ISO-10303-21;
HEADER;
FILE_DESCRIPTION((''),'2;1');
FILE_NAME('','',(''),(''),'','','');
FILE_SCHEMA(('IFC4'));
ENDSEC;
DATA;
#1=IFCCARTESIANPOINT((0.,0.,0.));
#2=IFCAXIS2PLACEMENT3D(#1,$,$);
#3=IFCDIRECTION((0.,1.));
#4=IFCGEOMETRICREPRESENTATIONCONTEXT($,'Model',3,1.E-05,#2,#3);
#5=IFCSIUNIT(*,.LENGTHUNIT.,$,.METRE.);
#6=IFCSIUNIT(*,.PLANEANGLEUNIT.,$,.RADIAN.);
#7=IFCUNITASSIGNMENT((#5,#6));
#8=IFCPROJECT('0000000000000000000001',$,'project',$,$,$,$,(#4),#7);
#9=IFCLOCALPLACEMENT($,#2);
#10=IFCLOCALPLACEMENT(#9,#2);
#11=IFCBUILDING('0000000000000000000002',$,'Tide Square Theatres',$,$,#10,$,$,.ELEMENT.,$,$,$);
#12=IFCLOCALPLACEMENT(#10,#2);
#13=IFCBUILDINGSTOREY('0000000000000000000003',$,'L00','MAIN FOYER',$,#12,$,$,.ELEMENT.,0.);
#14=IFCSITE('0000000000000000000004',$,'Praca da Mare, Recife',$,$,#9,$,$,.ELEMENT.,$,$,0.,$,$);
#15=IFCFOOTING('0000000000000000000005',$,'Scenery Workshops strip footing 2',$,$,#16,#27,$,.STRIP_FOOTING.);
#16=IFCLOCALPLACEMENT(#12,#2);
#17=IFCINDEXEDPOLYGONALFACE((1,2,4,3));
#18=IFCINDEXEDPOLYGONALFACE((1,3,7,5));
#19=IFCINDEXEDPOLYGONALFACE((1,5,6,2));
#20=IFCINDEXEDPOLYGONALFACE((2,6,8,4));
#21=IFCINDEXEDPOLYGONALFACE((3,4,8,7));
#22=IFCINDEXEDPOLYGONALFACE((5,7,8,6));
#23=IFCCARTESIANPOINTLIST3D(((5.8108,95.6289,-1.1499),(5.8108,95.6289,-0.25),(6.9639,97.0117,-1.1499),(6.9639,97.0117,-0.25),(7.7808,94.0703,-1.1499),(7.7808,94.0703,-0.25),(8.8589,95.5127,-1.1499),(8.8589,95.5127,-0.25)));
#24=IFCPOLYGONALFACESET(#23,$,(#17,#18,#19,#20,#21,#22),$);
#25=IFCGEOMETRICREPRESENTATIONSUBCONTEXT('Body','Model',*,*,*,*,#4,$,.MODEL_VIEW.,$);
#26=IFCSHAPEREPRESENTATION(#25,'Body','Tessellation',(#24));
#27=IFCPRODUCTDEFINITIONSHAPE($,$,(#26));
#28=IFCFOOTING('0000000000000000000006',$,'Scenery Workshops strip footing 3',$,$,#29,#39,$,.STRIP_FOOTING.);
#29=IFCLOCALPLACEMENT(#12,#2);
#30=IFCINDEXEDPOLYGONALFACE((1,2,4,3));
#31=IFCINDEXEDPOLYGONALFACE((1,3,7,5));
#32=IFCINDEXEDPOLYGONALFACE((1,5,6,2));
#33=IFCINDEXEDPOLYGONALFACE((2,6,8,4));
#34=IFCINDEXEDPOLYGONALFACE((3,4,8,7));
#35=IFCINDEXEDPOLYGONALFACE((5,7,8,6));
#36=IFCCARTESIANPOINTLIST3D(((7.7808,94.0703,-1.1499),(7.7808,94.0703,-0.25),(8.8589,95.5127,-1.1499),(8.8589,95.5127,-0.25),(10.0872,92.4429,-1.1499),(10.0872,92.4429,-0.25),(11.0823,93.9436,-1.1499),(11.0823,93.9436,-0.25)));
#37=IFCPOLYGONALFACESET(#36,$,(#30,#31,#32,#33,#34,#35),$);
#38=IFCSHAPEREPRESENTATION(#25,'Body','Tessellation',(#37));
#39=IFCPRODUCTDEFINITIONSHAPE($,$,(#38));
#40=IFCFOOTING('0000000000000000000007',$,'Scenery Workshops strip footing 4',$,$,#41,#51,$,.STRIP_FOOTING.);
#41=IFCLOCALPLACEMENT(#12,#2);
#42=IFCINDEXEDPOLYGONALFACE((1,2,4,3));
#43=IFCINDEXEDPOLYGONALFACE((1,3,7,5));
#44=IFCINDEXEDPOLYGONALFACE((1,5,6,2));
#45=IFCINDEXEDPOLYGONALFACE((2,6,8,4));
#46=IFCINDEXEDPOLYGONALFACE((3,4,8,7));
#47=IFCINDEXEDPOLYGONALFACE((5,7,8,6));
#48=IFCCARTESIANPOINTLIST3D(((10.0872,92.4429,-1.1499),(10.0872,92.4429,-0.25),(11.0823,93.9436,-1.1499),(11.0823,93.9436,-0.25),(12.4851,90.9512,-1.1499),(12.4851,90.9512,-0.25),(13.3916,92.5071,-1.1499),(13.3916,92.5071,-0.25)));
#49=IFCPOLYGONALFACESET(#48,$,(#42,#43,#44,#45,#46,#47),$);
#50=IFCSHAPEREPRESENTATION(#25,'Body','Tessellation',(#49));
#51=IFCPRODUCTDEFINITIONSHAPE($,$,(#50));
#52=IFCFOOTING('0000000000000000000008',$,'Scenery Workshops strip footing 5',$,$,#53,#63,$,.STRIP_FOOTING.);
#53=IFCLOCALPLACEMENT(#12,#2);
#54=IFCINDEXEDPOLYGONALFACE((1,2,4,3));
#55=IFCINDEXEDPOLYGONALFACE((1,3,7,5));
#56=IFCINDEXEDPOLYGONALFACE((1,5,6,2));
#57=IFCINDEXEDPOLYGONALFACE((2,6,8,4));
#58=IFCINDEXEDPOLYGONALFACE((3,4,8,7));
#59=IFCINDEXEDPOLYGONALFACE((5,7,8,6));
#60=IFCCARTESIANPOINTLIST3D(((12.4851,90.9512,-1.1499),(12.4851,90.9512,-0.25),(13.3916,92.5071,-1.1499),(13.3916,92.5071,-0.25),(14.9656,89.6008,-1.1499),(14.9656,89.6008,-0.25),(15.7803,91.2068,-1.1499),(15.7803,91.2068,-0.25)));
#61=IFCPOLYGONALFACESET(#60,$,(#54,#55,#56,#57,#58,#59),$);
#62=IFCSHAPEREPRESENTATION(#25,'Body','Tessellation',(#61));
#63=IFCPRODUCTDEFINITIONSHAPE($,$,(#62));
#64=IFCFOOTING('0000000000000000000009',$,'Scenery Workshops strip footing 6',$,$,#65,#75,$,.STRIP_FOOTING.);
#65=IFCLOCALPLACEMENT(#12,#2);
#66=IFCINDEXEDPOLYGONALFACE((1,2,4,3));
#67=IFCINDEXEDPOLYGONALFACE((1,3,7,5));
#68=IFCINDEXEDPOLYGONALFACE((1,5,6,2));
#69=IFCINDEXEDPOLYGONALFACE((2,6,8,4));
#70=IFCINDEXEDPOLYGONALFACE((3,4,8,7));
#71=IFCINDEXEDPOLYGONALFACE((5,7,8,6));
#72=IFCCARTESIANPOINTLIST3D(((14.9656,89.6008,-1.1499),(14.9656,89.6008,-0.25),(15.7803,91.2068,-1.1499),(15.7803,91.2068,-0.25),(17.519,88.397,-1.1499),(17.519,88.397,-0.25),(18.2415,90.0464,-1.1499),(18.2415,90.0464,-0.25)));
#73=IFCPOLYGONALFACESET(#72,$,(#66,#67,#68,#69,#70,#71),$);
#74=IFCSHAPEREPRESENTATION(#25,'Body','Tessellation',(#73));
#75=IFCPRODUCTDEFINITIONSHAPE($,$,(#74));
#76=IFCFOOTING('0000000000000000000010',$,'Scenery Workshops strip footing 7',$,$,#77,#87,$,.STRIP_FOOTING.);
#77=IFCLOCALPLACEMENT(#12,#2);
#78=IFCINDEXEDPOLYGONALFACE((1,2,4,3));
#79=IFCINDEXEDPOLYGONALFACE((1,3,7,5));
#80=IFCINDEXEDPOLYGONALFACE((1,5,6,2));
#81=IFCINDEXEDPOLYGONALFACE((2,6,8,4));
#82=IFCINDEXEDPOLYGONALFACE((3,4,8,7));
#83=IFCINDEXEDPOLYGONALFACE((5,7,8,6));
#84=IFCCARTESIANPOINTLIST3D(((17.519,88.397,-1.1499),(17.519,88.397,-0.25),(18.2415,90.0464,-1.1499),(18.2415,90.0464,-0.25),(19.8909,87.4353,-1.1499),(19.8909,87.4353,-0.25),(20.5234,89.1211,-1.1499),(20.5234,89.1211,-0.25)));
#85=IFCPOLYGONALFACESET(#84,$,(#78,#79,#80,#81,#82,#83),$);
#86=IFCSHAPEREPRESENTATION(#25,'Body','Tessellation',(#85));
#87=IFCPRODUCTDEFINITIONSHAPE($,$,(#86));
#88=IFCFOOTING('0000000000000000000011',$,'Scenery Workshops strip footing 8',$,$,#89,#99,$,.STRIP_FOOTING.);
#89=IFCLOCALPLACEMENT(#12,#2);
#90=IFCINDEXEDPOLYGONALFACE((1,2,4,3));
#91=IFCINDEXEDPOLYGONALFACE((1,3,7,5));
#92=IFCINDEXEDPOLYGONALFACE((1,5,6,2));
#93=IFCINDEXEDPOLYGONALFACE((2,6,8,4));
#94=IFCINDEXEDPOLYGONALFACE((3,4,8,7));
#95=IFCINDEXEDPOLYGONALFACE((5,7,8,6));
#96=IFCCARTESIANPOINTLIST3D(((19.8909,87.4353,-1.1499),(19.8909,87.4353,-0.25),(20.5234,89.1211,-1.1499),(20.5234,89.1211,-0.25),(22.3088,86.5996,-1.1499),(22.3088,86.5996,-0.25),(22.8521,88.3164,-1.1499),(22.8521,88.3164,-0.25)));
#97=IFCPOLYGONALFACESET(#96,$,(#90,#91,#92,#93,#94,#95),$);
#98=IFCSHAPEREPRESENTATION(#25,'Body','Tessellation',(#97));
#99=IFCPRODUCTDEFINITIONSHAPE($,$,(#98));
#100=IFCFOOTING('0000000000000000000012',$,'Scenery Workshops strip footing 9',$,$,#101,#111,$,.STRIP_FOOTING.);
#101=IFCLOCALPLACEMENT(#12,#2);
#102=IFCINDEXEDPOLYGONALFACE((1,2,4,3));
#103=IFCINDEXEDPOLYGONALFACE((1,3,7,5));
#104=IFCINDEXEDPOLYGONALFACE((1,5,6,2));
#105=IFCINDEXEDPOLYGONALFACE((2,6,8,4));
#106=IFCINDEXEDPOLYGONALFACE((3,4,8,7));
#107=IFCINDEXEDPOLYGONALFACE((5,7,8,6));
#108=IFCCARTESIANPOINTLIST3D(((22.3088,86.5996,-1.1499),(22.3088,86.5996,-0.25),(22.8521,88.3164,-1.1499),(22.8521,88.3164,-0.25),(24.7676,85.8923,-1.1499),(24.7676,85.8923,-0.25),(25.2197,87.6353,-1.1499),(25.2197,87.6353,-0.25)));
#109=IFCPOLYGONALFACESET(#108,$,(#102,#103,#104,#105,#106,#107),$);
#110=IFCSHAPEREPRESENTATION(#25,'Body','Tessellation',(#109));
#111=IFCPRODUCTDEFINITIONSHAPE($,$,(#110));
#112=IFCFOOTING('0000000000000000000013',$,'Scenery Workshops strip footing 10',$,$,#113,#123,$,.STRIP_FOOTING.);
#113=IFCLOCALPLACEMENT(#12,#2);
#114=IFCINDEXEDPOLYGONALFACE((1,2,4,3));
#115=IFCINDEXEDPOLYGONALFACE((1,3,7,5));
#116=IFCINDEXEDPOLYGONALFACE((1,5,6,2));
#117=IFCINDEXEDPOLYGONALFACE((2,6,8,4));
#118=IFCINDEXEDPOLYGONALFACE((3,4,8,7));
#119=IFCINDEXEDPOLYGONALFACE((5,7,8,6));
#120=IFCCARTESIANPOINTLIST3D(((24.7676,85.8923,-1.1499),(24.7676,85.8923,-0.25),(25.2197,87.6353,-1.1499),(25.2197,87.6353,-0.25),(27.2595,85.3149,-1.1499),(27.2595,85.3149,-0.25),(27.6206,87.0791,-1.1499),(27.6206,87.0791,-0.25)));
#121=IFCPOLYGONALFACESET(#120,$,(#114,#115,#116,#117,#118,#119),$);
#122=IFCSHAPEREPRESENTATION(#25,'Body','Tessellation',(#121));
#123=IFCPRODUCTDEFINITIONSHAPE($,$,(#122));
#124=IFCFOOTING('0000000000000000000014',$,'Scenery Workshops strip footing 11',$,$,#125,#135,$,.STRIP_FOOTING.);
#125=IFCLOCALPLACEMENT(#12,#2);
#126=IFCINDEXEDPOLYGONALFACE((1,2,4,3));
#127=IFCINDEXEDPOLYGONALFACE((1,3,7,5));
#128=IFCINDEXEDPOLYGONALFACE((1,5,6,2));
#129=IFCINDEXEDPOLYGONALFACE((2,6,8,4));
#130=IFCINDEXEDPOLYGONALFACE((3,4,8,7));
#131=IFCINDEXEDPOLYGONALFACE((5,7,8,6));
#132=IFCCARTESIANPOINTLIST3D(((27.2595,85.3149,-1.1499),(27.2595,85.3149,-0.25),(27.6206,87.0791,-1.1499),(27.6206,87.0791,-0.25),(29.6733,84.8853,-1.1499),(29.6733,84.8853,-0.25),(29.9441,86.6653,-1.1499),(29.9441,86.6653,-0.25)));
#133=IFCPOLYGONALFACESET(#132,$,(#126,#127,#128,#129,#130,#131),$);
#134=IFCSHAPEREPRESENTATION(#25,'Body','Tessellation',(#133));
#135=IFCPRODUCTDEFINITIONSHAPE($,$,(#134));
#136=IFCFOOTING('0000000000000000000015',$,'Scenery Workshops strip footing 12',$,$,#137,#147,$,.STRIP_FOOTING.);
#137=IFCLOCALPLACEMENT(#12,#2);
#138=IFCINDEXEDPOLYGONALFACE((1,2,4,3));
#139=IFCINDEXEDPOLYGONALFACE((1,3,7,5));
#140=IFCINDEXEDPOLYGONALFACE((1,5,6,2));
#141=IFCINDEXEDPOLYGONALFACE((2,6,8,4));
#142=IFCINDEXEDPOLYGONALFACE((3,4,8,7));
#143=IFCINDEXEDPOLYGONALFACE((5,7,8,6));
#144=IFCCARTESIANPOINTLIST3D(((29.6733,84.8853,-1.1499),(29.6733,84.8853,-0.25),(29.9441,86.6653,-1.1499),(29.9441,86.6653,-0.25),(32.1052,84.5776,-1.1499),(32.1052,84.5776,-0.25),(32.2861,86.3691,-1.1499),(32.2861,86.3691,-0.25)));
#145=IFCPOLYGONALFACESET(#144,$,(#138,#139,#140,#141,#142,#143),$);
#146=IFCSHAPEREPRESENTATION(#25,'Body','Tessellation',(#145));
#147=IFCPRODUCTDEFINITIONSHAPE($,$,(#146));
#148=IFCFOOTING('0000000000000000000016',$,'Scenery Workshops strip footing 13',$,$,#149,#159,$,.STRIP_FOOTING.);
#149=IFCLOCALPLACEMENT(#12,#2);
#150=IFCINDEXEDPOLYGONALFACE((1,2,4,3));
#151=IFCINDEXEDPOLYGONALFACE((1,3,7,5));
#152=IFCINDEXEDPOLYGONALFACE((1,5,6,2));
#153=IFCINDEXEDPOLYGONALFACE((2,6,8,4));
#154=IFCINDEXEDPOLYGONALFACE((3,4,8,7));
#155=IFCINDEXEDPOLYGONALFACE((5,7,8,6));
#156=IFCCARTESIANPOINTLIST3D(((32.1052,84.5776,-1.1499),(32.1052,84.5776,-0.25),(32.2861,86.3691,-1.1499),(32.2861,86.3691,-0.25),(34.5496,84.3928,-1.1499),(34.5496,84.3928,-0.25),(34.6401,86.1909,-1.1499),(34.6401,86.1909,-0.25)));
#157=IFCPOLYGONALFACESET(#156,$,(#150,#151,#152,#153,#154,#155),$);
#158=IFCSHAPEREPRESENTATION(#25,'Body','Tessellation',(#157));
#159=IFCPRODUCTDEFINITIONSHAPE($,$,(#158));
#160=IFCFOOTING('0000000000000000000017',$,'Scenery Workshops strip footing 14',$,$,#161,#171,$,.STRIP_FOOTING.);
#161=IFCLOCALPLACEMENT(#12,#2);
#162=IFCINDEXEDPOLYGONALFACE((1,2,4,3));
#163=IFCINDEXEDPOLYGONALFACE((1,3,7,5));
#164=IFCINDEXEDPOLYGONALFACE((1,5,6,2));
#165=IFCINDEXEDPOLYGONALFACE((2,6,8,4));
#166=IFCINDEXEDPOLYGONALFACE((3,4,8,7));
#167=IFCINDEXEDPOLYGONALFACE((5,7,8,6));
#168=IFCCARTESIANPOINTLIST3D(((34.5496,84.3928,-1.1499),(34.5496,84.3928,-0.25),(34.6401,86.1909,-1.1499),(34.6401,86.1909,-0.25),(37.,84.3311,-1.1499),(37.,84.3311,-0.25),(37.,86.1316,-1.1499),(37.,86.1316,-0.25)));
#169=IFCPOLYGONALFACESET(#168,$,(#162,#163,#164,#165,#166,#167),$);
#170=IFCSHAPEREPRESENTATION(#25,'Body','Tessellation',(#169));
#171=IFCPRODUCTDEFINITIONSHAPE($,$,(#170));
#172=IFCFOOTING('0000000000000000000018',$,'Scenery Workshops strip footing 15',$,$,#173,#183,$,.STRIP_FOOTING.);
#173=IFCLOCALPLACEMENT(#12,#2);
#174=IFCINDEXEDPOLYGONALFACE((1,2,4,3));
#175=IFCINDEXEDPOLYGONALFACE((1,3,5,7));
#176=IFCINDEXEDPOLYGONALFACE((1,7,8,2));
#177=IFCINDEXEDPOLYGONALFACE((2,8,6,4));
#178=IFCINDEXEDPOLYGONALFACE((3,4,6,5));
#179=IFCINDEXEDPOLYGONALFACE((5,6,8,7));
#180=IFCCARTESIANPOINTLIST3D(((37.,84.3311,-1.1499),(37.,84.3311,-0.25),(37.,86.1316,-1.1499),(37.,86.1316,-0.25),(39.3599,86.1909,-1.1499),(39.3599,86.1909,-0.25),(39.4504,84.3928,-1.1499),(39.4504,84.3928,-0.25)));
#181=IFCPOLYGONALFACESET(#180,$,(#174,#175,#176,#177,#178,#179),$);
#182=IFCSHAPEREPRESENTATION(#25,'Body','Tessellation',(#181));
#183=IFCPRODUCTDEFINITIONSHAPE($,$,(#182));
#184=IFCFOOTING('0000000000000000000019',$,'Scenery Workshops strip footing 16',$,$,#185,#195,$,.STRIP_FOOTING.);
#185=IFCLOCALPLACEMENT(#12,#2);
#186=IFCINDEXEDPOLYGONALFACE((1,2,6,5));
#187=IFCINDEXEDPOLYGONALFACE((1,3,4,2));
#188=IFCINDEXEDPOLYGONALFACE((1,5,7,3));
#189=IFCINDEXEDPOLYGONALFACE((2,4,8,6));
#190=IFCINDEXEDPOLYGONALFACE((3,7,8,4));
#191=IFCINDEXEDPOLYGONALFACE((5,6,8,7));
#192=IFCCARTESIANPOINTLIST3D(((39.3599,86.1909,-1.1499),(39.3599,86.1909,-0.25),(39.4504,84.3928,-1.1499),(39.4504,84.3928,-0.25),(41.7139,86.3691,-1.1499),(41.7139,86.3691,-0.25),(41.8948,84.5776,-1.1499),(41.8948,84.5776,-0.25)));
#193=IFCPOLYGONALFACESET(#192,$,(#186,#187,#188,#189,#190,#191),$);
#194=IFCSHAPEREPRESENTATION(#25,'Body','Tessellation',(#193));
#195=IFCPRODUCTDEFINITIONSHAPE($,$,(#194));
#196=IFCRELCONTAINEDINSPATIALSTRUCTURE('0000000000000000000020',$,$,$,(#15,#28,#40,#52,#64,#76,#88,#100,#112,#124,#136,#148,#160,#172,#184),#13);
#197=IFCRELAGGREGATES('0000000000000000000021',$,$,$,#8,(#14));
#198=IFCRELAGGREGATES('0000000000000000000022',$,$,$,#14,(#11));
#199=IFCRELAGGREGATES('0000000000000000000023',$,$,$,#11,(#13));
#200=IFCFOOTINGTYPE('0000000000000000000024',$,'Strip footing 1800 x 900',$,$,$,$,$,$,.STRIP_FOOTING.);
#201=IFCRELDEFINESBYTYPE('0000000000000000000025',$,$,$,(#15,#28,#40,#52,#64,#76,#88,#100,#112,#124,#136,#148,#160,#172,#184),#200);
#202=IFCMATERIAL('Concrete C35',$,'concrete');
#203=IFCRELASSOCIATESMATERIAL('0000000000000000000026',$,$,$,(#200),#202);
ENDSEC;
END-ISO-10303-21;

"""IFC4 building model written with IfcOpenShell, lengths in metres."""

from ifc_helpers import new_model, si_unit, direction, frame, origin, place, context, subcontext, project, spatial, polyline, outline, extrude, material, type_object, element, save


model = new_model("IFC4")

# Units and contexts
model_context = context("Model", 3, precision=1e-05, world=origin(), true_north=direction((0.0, 1.0)))
body_context = subcontext(model_context, "Body", "Model", "MODEL_VIEW")
ifc_project = project(units=[si_unit("LENGTHUNIT", "METRE"), si_unit("PLANEANGLEUNIT", "RADIAN")], contexts=[model_context])

# Site, building, storey
site_placement = place(None, origin())
site = spatial("IfcSite", under=ifc_project, at=site_placement, Name="Praca da Mare, Recife", CompositionType="ELEMENT", RefElevation=0.0)
building_placement = place(site_placement, origin())
building = spatial("IfcBuilding", under=site, at=building_placement, Name="Tide Square Theatres", CompositionType="ELEMENT")
storey_placement = place(building_placement, origin())
storey = spatial("IfcBuildingStorey", under=building, at=storey_placement, Name="L00", Description="MAIN FOYER", CompositionType="ELEMENT", Elevation=0.0)

# Footings
ifc_material = material(Name="Concrete C35", Category="concrete")
footing_type = type_object("IfcFootingType", Name="Strip footing 1800 x 900", PredefinedType="STRIP_FOOTING", material=ifc_material)
footing_1_placement = place(storey_placement, frame((0.0, 0.0, -1.1499)))
element("IfcFooting", 1, at=footing_1_placement, inside=storey, type_object=footing_type, Name="Scenery Workshops strip footing 2", PredefinedType="STRIP_FOOTING", context=body_context, shape_type="SweptSolid", body=[
    extrude(outline(polyline([(5.8108, 95.6289), (7.7808, 94.0703), (8.8589, 95.5127), (6.9639, 97.0117), (5.8108, 95.6289)])), origin(), (0.0, 0.0, 1.0), 0.8999),
])
footing_2_placement = place(storey_placement, frame((0.0, 0.0, -1.1499)))
element("IfcFooting", 2, at=footing_2_placement, inside=storey, type_object=footing_type, Name="Scenery Workshops strip footing 3", PredefinedType="STRIP_FOOTING", context=body_context, shape_type="SweptSolid", body=[
    extrude(outline(polyline([(7.7808, 94.0703), (10.0872, 92.4429), (11.0823, 93.9436), (8.8589, 95.5127), (7.7808, 94.0703)])), origin(), (0.0, 0.0, 1.0), 0.8999),
])
footing_3_placement = place(storey_placement, frame((0.0, 0.0, -1.1499)))
element("IfcFooting", 3, at=footing_3_placement, inside=storey, type_object=footing_type, Name="Scenery Workshops strip footing 4", PredefinedType="STRIP_FOOTING", context=body_context, shape_type="SweptSolid", body=[
    extrude(outline(polyline([(10.0872, 92.4429), (12.4851, 90.9512), (13.3916, 92.5071), (11.0823, 93.9436), (10.0872, 92.4429)])), origin(), (0.0, 0.0, 1.0), 0.8999),
])
footing_4_placement = place(storey_placement, frame((0.0, 0.0, -1.1499)))
element("IfcFooting", 4, at=footing_4_placement, inside=storey, type_object=footing_type, Name="Scenery Workshops strip footing 5", PredefinedType="STRIP_FOOTING", context=body_context, shape_type="SweptSolid", body=[
    extrude(outline(polyline([(12.4851, 90.9512), (14.9656, 89.6008), (15.7803, 91.2068), (13.3916, 92.5071), (12.4851, 90.9512)])), origin(), (0.0, 0.0, 1.0), 0.8999),
])
footing_5_placement = place(storey_placement, frame((0.0, 0.0, -1.1499)))
element("IfcFooting", 5, at=footing_5_placement, inside=storey, type_object=footing_type, Name="Scenery Workshops strip footing 6", PredefinedType="STRIP_FOOTING", context=body_context, shape_type="SweptSolid", body=[
    extrude(outline(polyline([(14.9656, 89.6008), (17.519, 88.397), (18.2415, 90.0464), (15.7803, 91.2068), (14.9656, 89.6008)])), origin(), (0.0, 0.0, 1.0), 0.8999),
])
footing_6_placement = place(storey_placement, frame((0.0, 0.0, -1.1499)))
element("IfcFooting", 6, at=footing_6_placement, inside=storey, type_object=footing_type, Name="Scenery Workshops strip footing 7", PredefinedType="STRIP_FOOTING", context=body_context, shape_type="SweptSolid", body=[
    extrude(outline(polyline([(17.519, 88.397), (19.8909, 87.4353), (20.5234, 89.1211), (18.2415, 90.0464), (17.519, 88.397)])), origin(), (0.0, 0.0, 1.0), 0.8999),
])
footing_7_placement = place(storey_placement, frame((0.0, 0.0, -1.1499)))
element("IfcFooting", 7, at=footing_7_placement, inside=storey, type_object=footing_type, Name="Scenery Workshops strip footing 8", PredefinedType="STRIP_FOOTING", context=body_context, shape_type="SweptSolid", body=[
    extrude(outline(polyline([(19.8909, 87.4353), (22.3088, 86.5996), (22.8521, 88.3164), (20.5234, 89.1211), (19.8909, 87.4353)])), origin(), (0.0, 0.0, 1.0), 0.8999),
])
footing_8_placement = place(storey_placement, frame((0.0, 0.0, -1.1499)))
element("IfcFooting", 8, at=footing_8_placement, inside=storey, type_object=footing_type, Name="Scenery Workshops strip footing 9", PredefinedType="STRIP_FOOTING", context=body_context, shape_type="SweptSolid", body=[
    extrude(outline(polyline([(22.3088, 86.5996), (24.7676, 85.8923), (25.2197, 87.6353), (22.8521, 88.3164), (22.3088, 86.5996)])), origin(), (0.0, 0.0, 1.0), 0.8999),
])
footing_9_placement = place(storey_placement, frame((0.0, 0.0, -1.1499)))
element("IfcFooting", 9, at=footing_9_placement, inside=storey, type_object=footing_type, Name="Scenery Workshops strip footing 10", PredefinedType="STRIP_FOOTING", context=body_context, shape_type="SweptSolid", body=[
    extrude(outline(polyline([(24.7676, 85.8923), (27.2595, 85.3149), (27.6206, 87.0791), (25.2197, 87.6353), (24.7676, 85.8923)])), origin(), (0.0, 0.0, 1.0), 0.8999),
])
footing_10_placement = place(storey_placement, frame((0.0, 0.0, -1.1499)))
element("IfcFooting", 10, at=footing_10_placement, inside=storey, type_object=footing_type, Name="Scenery Workshops strip footing 11", PredefinedType="STRIP_FOOTING", context=body_context, shape_type="SweptSolid", body=[
    extrude(outline(polyline([(27.2595, 85.3149), (29.6733, 84.8853), (29.9441, 86.6653), (27.6206, 87.0791), (27.2595, 85.3149)])), origin(), (0.0, 0.0, 1.0), 0.8999),
])
footing_11_placement = place(storey_placement, frame((0.0, 0.0, -1.1499)))
element("IfcFooting", 11, at=footing_11_placement, inside=storey, type_object=footing_type, Name="Scenery Workshops strip footing 12", PredefinedType="STRIP_FOOTING", context=body_context, shape_type="SweptSolid", body=[
    extrude(outline(polyline([(29.6733, 84.8853), (32.1052, 84.5776), (32.2861, 86.3691), (29.9441, 86.6653), (29.6733, 84.8853)])), origin(), (0.0, 0.0, 1.0), 0.8999),
])
footing_12_placement = place(storey_placement, frame((0.0, 0.0, -1.1499)))
element("IfcFooting", 12, at=footing_12_placement, inside=storey, type_object=footing_type, Name="Scenery Workshops strip footing 13", PredefinedType="STRIP_FOOTING", context=body_context, shape_type="SweptSolid", body=[
    extrude(outline(polyline([(32.1052, 84.5776), (34.5496, 84.3928), (34.6401, 86.1909), (32.2861, 86.3691), (32.1052, 84.5776)])), origin(), (0.0, 0.0, 1.0), 0.8999),
])
footing_13_placement = place(storey_placement, frame((0.0, 0.0, -1.1499)))
element("IfcFooting", 13, at=footing_13_placement, inside=storey, type_object=footing_type, Name="Scenery Workshops strip footing 14", PredefinedType="STRIP_FOOTING", context=body_context, shape_type="SweptSolid", body=[
    extrude(outline(polyline([(34.5496, 84.3928), (37.0, 84.3311), (37.0, 86.1316), (34.6401, 86.1909), (34.5496, 84.3928)])), origin(), (0.0, 0.0, 1.0), 0.8999),
])
footing_14_placement = place(storey_placement, frame((0.0, 0.0, -1.1499)))
element("IfcFooting", 14, at=footing_14_placement, inside=storey, type_object=footing_type, Name="Scenery Workshops strip footing 15", PredefinedType="STRIP_FOOTING", context=body_context, shape_type="SweptSolid", body=[
    extrude(outline(polyline([(37.0, 84.3311), (39.4504, 84.3928), (39.3599, 86.1909), (37.0, 86.1316), (37.0, 84.3311)])), origin(), (0.0, 0.0, 1.0), 0.8999),
])
footing_15_placement = place(storey_placement, frame((0.0, 0.0, -1.1499)))
element("IfcFooting", 15, at=footing_15_placement, inside=storey, type_object=footing_type, Name="Scenery Workshops strip footing 16", PredefinedType="STRIP_FOOTING", context=body_context, shape_type="SweptSolid", body=[
    extrude(outline(polyline([(39.4504, 84.3928), (41.8948, 84.5776), (41.7139, 86.3691), (39.3599, 86.1909), (39.4504, 84.3928)])), origin(), (0.0, 0.0, 1.0), 0.8999),
])

save(model, "model.ifc")
